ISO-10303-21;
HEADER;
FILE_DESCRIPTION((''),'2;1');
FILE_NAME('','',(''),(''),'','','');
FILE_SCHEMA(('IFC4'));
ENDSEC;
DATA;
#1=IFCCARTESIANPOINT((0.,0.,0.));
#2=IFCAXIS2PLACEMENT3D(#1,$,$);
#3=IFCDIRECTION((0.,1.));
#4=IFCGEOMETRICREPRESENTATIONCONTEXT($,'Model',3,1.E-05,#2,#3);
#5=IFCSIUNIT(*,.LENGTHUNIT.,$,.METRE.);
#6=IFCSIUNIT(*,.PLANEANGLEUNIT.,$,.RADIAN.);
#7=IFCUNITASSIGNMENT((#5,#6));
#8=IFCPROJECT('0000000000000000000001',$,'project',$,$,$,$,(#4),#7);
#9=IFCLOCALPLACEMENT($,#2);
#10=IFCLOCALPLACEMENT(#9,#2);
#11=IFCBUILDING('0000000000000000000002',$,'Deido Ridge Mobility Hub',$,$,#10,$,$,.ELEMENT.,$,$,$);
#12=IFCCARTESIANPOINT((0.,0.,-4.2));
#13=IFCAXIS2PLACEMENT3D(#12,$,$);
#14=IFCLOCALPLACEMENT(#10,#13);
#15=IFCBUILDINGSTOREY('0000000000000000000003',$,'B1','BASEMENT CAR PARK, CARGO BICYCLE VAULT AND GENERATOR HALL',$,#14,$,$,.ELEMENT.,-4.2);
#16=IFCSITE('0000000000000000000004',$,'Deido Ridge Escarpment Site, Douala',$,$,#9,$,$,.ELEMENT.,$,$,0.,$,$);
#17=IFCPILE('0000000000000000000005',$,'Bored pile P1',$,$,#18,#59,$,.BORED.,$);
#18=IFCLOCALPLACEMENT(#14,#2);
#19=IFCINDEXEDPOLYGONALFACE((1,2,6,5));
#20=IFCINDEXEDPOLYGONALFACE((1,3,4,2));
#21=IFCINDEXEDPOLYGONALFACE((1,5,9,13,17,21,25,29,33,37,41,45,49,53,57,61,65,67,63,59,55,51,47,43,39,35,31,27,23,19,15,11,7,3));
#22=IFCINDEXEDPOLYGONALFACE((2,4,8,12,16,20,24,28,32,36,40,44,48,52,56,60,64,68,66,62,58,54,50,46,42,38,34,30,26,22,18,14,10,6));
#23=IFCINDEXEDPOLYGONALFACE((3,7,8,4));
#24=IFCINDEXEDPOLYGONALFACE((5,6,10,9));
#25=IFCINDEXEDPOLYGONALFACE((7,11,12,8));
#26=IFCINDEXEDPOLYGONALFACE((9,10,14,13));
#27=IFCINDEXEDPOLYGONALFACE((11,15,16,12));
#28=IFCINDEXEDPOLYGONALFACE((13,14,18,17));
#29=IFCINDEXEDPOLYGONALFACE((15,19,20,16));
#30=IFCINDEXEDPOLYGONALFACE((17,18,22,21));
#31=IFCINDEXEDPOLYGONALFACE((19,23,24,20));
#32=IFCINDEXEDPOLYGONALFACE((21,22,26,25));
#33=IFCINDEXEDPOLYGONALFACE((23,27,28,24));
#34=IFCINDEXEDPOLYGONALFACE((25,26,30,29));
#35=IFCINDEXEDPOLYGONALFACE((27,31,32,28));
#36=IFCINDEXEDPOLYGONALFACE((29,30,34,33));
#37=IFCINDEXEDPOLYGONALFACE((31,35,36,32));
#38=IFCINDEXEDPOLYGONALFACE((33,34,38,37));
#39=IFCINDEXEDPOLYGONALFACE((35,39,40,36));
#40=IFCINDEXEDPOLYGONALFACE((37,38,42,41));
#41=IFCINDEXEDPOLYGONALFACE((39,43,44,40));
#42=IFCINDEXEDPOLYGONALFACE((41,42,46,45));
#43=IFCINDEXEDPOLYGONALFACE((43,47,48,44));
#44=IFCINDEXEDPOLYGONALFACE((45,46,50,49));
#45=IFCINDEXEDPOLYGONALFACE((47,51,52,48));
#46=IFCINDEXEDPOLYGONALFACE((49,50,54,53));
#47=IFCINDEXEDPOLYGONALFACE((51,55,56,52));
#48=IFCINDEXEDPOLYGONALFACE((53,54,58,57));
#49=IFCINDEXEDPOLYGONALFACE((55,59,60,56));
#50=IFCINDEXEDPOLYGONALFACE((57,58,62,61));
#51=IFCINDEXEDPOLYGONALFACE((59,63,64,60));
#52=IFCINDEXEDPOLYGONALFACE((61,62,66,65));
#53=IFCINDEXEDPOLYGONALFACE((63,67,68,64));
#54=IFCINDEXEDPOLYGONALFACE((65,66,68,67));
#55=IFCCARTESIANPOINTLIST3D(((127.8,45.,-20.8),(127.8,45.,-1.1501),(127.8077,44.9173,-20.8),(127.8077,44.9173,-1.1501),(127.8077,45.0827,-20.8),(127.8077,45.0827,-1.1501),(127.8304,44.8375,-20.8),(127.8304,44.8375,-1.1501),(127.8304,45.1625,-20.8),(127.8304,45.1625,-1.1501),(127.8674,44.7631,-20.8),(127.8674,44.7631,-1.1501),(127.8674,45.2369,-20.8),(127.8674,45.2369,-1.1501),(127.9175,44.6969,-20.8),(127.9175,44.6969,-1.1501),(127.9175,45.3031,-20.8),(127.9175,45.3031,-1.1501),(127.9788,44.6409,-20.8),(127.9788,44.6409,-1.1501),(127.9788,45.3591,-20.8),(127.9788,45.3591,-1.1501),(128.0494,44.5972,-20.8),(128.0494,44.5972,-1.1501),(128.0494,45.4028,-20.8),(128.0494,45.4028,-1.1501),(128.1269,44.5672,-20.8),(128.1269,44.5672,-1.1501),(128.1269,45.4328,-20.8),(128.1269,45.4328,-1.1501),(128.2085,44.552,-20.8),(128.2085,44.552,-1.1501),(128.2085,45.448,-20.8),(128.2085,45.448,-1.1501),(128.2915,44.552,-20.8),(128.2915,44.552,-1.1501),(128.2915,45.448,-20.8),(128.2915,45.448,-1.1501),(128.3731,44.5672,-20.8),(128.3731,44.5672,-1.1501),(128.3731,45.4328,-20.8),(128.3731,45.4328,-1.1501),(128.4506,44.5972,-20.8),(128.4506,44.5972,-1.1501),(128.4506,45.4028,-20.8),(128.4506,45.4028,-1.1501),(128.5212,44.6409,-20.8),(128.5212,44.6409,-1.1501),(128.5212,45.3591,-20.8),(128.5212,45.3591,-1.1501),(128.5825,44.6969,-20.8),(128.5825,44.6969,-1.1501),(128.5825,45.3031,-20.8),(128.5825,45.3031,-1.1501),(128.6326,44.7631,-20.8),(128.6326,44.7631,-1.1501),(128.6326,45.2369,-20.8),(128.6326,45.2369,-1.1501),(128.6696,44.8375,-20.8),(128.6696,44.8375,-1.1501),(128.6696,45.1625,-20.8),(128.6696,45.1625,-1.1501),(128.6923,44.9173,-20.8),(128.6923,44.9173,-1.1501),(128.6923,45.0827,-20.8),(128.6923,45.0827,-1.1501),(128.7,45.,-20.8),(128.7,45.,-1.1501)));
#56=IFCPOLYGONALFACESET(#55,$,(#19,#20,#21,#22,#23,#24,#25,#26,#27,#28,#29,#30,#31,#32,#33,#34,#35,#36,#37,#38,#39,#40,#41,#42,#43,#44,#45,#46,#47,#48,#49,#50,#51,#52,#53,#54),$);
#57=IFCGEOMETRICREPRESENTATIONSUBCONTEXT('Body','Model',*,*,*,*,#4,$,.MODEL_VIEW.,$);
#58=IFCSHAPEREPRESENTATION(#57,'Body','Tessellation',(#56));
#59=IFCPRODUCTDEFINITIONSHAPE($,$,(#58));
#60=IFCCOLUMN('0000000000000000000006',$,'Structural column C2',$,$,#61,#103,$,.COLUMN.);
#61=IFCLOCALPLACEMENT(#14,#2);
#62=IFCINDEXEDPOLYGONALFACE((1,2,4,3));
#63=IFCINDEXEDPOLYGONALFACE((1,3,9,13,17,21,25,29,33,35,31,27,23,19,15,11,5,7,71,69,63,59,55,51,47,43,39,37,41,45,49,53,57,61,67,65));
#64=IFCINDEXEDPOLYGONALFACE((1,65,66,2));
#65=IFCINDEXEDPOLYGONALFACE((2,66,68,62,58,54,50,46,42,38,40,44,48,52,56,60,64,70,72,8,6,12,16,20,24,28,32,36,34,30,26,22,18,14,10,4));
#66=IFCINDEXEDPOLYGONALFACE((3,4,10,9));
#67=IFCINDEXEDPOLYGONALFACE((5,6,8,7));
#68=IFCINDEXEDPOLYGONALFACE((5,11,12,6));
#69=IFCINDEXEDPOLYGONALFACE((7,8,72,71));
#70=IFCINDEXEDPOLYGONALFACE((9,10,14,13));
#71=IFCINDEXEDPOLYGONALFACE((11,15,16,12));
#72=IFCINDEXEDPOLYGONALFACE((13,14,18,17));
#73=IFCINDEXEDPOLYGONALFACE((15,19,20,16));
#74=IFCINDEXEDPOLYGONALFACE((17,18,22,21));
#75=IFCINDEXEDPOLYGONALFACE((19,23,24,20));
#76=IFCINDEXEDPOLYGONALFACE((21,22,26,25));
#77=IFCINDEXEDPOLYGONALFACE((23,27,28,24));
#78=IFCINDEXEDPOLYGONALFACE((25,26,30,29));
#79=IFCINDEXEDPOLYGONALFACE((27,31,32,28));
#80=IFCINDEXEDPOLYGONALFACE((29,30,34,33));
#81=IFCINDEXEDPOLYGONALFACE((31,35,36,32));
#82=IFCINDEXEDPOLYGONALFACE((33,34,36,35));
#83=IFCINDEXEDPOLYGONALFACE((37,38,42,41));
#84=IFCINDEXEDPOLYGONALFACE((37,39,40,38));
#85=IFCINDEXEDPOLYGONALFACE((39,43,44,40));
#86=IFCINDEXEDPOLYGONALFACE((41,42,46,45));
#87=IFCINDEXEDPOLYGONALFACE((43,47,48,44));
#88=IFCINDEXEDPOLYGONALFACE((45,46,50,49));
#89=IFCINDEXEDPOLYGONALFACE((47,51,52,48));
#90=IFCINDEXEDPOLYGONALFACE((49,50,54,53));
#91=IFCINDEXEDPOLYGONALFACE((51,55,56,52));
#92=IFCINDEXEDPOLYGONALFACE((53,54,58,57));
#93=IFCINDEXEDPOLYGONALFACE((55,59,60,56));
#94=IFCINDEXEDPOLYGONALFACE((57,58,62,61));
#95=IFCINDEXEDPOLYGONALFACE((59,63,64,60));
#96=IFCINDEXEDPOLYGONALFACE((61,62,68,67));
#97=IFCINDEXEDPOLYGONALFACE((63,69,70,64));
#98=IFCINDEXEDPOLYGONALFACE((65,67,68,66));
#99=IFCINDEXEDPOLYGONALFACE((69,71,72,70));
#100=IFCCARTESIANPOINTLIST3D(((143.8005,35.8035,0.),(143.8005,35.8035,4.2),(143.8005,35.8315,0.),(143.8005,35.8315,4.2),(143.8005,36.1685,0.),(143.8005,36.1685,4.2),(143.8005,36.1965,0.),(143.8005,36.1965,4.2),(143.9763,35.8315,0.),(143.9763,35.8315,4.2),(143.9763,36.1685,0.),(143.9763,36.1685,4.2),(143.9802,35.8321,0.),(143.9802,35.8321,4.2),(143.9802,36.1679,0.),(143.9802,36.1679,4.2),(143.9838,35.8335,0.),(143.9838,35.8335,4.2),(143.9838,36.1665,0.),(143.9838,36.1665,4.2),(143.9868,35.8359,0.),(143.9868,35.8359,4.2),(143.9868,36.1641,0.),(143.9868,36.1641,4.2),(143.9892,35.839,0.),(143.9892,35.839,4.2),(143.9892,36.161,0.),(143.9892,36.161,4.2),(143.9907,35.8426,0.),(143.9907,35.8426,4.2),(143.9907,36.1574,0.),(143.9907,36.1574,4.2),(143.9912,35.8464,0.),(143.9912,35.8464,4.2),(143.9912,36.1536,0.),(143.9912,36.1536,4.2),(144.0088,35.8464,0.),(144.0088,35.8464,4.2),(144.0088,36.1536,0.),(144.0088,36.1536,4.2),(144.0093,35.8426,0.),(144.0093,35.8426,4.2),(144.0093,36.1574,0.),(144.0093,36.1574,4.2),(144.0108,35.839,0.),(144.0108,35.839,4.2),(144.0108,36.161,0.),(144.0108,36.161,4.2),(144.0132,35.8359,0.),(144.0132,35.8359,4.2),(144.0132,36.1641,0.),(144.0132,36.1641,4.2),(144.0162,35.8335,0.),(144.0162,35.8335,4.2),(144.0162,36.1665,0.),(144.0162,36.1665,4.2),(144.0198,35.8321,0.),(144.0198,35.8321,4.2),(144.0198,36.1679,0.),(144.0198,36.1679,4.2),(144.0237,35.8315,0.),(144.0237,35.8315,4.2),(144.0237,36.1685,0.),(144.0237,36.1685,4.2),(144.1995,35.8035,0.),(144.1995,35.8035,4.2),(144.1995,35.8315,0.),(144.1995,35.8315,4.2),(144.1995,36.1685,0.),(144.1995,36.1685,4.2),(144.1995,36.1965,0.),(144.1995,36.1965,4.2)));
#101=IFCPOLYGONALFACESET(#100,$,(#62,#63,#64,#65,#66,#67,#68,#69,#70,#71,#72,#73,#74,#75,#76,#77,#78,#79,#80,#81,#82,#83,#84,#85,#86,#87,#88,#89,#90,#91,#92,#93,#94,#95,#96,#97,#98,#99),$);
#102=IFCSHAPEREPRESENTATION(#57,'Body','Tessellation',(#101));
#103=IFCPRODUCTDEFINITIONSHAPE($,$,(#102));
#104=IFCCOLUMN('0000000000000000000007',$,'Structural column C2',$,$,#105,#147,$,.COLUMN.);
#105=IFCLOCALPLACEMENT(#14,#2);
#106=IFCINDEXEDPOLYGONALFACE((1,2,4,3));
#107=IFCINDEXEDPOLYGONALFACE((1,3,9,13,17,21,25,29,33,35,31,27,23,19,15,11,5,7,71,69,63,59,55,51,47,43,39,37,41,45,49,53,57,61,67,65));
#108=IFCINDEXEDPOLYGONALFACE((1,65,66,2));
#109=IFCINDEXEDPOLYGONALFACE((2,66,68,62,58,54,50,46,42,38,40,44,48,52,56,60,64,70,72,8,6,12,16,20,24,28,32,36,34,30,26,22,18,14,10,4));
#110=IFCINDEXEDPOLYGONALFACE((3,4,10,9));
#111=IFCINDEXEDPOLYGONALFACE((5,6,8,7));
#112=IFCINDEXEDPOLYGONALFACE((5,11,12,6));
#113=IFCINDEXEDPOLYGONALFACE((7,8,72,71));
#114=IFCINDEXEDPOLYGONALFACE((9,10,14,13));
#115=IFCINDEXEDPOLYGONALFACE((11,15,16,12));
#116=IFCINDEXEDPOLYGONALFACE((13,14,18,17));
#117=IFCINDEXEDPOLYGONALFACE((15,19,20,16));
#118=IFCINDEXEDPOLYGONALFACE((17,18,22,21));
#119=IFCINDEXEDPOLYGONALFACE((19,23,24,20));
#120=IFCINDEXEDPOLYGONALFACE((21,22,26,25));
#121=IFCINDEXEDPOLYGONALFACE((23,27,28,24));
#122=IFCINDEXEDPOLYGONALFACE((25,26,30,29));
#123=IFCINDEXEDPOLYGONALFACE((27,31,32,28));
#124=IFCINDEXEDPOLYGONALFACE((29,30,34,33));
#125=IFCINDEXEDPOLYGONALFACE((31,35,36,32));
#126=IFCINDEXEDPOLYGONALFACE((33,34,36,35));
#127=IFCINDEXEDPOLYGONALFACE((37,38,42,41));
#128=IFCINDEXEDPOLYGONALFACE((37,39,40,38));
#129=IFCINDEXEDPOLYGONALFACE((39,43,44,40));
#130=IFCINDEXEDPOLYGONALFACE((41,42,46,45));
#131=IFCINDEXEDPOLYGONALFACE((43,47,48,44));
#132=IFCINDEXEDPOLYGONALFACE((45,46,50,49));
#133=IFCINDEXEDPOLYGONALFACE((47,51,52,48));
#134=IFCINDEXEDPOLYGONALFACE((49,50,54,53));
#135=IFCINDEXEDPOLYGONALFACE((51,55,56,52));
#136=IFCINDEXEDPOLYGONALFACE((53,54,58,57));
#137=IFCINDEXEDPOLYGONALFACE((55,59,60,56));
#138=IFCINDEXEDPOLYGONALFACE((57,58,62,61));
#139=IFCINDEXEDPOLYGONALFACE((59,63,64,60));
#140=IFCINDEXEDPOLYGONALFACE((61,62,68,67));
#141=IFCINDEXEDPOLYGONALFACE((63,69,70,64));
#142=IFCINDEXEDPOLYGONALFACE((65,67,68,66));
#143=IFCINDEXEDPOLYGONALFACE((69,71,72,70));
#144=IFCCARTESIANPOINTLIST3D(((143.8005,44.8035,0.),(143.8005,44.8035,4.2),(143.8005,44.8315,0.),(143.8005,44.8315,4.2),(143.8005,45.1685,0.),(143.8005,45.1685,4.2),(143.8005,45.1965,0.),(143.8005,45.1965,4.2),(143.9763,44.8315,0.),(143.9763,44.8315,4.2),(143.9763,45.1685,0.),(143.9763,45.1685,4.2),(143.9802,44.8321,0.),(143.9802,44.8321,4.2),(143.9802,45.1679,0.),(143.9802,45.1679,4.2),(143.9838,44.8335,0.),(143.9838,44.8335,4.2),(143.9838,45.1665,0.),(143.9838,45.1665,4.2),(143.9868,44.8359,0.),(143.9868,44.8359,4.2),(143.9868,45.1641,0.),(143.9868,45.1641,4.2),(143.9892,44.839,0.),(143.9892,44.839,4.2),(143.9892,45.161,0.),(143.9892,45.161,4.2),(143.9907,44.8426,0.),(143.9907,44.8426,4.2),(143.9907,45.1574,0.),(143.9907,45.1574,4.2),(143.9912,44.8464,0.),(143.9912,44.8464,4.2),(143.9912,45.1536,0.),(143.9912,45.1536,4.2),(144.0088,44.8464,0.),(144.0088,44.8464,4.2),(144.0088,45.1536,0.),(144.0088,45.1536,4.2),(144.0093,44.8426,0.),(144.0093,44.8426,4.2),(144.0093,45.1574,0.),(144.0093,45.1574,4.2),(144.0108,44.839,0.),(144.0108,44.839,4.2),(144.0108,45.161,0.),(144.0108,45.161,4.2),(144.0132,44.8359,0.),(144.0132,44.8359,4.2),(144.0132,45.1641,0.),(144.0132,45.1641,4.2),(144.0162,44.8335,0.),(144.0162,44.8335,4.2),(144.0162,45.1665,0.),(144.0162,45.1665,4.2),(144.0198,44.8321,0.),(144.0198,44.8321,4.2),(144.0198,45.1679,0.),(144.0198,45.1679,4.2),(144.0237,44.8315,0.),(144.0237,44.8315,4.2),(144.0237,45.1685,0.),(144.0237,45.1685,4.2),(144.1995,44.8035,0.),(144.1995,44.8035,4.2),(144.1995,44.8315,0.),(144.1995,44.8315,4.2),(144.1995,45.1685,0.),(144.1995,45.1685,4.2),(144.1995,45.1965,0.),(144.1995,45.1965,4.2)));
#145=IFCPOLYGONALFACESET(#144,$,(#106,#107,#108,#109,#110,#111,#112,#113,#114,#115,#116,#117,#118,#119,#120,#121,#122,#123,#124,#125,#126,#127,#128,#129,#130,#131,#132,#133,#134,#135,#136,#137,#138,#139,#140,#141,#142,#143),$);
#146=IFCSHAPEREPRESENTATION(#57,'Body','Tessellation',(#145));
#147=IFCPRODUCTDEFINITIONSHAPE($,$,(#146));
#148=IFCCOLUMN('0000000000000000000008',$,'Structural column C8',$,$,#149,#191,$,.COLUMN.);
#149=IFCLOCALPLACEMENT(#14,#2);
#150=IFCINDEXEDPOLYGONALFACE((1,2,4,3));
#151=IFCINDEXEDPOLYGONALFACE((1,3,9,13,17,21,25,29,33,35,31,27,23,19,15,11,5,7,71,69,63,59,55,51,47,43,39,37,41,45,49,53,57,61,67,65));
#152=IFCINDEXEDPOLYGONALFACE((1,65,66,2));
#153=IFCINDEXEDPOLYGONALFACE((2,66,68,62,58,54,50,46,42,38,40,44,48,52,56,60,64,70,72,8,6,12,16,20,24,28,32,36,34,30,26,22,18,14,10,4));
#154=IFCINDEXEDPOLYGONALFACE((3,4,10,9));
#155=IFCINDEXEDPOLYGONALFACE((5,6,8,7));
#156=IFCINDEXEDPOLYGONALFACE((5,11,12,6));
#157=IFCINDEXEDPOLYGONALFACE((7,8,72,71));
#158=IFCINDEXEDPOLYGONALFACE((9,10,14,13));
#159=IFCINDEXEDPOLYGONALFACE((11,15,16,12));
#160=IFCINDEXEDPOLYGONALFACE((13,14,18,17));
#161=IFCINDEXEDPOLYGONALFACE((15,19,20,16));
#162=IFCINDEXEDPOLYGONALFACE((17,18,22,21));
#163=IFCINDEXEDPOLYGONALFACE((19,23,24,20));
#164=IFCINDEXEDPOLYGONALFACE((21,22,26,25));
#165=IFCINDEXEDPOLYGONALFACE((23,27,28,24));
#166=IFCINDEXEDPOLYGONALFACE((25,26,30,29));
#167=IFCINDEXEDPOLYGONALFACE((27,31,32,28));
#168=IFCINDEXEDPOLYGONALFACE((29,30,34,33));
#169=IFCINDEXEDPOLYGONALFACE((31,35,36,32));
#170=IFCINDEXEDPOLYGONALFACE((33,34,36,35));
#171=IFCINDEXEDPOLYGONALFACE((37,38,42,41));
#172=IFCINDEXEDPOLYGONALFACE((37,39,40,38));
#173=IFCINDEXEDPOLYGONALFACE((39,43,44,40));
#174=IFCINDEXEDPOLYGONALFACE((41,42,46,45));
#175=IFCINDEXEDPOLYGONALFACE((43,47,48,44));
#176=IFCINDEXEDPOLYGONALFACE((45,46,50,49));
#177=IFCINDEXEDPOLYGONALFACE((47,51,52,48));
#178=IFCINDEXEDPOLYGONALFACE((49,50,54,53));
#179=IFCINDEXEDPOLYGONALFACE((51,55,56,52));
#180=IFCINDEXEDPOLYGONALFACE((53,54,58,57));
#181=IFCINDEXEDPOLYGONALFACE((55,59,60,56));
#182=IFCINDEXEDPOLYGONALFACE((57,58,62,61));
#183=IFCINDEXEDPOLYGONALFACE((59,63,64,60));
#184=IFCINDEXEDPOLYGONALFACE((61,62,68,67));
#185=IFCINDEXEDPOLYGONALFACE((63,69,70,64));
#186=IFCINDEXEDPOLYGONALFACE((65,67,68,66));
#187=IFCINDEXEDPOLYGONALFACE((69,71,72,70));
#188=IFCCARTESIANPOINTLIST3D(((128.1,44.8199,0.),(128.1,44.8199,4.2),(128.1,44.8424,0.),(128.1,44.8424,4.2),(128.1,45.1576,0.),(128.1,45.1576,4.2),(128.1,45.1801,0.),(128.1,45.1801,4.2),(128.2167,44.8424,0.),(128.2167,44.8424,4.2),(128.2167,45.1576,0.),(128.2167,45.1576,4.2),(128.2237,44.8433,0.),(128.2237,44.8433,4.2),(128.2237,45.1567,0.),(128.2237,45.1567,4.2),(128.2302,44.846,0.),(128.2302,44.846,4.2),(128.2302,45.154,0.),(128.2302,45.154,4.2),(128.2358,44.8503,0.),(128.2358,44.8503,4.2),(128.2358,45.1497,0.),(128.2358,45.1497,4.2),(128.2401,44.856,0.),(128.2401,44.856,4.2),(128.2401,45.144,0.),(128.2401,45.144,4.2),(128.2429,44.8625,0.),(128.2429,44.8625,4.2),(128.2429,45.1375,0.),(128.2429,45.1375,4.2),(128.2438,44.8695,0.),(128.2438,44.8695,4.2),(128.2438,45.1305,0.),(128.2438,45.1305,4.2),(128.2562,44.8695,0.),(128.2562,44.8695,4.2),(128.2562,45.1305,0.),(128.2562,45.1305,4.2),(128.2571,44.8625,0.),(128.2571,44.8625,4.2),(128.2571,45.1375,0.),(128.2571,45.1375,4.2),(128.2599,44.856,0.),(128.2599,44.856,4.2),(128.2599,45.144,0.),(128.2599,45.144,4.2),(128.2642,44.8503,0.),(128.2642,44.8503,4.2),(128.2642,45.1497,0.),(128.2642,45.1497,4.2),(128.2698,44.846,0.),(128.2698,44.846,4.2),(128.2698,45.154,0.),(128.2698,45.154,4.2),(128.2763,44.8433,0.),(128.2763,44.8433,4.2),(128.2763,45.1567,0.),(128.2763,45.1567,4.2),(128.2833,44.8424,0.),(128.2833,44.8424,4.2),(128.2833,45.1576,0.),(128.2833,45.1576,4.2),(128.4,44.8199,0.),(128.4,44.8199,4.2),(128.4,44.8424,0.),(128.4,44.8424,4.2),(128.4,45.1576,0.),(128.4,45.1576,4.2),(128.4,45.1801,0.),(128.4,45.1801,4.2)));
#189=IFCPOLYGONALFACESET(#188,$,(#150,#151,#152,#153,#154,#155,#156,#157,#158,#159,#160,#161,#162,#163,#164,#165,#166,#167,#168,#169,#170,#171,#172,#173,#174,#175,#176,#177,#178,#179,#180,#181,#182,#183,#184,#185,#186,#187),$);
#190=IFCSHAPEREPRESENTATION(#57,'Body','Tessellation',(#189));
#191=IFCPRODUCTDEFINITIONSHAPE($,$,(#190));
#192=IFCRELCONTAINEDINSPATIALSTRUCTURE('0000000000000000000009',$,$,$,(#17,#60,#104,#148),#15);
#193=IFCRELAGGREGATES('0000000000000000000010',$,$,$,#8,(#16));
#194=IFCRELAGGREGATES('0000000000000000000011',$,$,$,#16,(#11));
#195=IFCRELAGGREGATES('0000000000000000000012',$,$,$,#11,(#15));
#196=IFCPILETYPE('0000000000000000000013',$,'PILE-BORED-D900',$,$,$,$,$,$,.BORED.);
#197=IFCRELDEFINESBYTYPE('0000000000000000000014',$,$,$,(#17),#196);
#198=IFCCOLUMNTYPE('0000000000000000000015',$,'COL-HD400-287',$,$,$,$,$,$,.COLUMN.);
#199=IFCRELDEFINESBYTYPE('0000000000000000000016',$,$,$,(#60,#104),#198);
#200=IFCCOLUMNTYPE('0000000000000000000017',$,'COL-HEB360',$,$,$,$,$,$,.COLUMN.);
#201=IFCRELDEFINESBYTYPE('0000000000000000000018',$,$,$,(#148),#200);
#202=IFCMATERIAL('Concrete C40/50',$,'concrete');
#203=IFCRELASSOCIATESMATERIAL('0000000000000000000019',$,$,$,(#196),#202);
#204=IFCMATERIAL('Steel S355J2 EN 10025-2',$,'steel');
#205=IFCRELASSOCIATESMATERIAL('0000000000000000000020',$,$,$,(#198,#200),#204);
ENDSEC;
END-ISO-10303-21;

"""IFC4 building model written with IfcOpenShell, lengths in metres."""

from ifc_helpers import new_model, si_unit, direction, frame, origin, origin_2d, place, context, subcontext, project, spatial, circle, i_section, extrude, material, material_profile, profile_set, type_object, element, save


model = new_model("IFC4")

# Units and contexts
model_context = context("Model", 3, precision=1e-05, world=origin(), true_north=direction((0.0, 1.0)))
body_context = subcontext(model_context, "Body", "Model", "MODEL_VIEW")
ifc_project = project(units=[si_unit("LENGTHUNIT", "METRE"), si_unit("PLANEANGLEUNIT", "RADIAN")], contexts=[model_context])

# Site, building, storey
site_placement = place(None, origin())
site = spatial("IfcSite", under=ifc_project, at=site_placement, Name="Deido Ridge Escarpment Site, Douala", CompositionType="ELEMENT", RefElevation=0.0)
building_placement = place(site_placement, origin())
building = spatial("IfcBuilding", under=site, at=building_placement, Name="Deido Ridge Mobility Hub", CompositionType="ELEMENT")
storey_placement = place(building_placement, frame((0.0, 0.0, -4.2)))
storey = spatial("IfcBuildingStorey", under=building, at=storey_placement, Name="B1", Description="BASEMENT CAR PARK, CARGO BICYCLE VAULT AND GENERATOR HALL", CompositionType="ELEMENT", Elevation=-4.2)

# Shared definitions
ifc_material_1 = material(Name="Concrete C40/50", Category="concrete")

# Pile
ifc_material_profile_1 = material_profile(ifc_material_1, circle(Radius=0.45, at=origin_2d()), Name="BORED PILE D900")
ifc_profile_set_1 = profile_set([ifc_material_profile_1], Name="Concrete C40/50")
pile_type_1 = type_object("IfcPileType", Name="PILE-BORED-D900", PredefinedType="BORED", material=ifc_profile_set_1)
pile_placement = place(storey_placement, frame((128.25, 45.0, -1.1501), z_axis=(0.0, 0.0, -1.0), x_axis=(1.0, 0.0, 0.0)))
element("IfcPile", 1, at=pile_placement, inside=storey, type_object=pile_type_1, Name="Bored pile P1", PredefinedType="BORED", context=body_context, shape_type="SweptSolid", body=[
    extrude(circle(Radius=0.45, at=origin_2d()), origin(), (0.0, 0.0, 1.0), 19.6499),
])

# Columns
ifc_material_2 = material(Name="Steel S355J2 EN 10025-2", Category="steel")
ifc_material_profile_2 = material_profile(ifc_material_2, i_section(OverallWidth=0.3989, OverallDepth=0.3931, WebThickness=0.0176, FlangeThickness=0.0281, FilletRadius=0.0149, at=origin_2d()), Name="HD 400x287")
ifc_profile_set_2 = profile_set([ifc_material_profile_2], Name="Steel S355J2 EN 10025-2")
column_type_1 = type_object("IfcColumnType", Name="COL-HD400-287", PredefinedType="COLUMN", material=ifc_profile_set_2)
for number, where, z_axis, x_axis, name in (
    (2, (144.0, 36.0, 0.0), (0.0, 0.0, 1.0), (1.0, 0.0, 0.0), "Structural column C2"),
    (3, (144.0, 45.0, 0.0), (0.0, 0.0, 1.0), (1.0, 0.0, 0.0), "Structural column C2"),
):
    element("IfcColumn", number, at=place(storey_placement, frame(where, z_axis=z_axis, x_axis=x_axis)), inside=storey, type_object=column_type_1, Name=name, PredefinedType="COLUMN", context=body_context, shape_type="SweptSolid", body=[
        extrude(i_section(OverallWidth=0.3989, OverallDepth=0.3931, WebThickness=0.0176, FlangeThickness=0.0281, FilletRadius=0.0149, at=origin_2d()), origin(), (0.0, 0.0, 1.0), 4.2),
    ])
ifc_material_profile_3 = material_profile(ifc_material_2, i_section(OverallWidth=0.3, OverallDepth=0.3601, WebThickness=0.0125, FlangeThickness=0.0225, FilletRadius=0.0271, at=origin_2d()), Name="HEB 360")
ifc_profile_set_3 = profile_set([ifc_material_profile_3], Name="Steel S355J2 EN 10025-2")
column_type_2 = type_object("IfcColumnType", Name="COL-HEB360", PredefinedType="COLUMN", material=ifc_profile_set_3)
for number, where, z_axis, x_axis, name in (
    (4, (128.25, 45.0, 0.0), (0.0, 0.0, 1.0), (1.0, 0.0, 0.0), "Structural column C8"),
):
    element("IfcColumn", number, at=place(storey_placement, frame(where, z_axis=z_axis, x_axis=x_axis)), inside=storey, type_object=column_type_2, Name=name, PredefinedType="COLUMN", context=body_context, shape_type="SweptSolid", body=[
        extrude(i_section(OverallWidth=0.3, OverallDepth=0.3601, WebThickness=0.0125, FlangeThickness=0.0225, FilletRadius=0.0271, at=origin_2d()), origin(), (0.0, 0.0, 1.0), 4.2),
    ])

save(model, "model.ifc")
